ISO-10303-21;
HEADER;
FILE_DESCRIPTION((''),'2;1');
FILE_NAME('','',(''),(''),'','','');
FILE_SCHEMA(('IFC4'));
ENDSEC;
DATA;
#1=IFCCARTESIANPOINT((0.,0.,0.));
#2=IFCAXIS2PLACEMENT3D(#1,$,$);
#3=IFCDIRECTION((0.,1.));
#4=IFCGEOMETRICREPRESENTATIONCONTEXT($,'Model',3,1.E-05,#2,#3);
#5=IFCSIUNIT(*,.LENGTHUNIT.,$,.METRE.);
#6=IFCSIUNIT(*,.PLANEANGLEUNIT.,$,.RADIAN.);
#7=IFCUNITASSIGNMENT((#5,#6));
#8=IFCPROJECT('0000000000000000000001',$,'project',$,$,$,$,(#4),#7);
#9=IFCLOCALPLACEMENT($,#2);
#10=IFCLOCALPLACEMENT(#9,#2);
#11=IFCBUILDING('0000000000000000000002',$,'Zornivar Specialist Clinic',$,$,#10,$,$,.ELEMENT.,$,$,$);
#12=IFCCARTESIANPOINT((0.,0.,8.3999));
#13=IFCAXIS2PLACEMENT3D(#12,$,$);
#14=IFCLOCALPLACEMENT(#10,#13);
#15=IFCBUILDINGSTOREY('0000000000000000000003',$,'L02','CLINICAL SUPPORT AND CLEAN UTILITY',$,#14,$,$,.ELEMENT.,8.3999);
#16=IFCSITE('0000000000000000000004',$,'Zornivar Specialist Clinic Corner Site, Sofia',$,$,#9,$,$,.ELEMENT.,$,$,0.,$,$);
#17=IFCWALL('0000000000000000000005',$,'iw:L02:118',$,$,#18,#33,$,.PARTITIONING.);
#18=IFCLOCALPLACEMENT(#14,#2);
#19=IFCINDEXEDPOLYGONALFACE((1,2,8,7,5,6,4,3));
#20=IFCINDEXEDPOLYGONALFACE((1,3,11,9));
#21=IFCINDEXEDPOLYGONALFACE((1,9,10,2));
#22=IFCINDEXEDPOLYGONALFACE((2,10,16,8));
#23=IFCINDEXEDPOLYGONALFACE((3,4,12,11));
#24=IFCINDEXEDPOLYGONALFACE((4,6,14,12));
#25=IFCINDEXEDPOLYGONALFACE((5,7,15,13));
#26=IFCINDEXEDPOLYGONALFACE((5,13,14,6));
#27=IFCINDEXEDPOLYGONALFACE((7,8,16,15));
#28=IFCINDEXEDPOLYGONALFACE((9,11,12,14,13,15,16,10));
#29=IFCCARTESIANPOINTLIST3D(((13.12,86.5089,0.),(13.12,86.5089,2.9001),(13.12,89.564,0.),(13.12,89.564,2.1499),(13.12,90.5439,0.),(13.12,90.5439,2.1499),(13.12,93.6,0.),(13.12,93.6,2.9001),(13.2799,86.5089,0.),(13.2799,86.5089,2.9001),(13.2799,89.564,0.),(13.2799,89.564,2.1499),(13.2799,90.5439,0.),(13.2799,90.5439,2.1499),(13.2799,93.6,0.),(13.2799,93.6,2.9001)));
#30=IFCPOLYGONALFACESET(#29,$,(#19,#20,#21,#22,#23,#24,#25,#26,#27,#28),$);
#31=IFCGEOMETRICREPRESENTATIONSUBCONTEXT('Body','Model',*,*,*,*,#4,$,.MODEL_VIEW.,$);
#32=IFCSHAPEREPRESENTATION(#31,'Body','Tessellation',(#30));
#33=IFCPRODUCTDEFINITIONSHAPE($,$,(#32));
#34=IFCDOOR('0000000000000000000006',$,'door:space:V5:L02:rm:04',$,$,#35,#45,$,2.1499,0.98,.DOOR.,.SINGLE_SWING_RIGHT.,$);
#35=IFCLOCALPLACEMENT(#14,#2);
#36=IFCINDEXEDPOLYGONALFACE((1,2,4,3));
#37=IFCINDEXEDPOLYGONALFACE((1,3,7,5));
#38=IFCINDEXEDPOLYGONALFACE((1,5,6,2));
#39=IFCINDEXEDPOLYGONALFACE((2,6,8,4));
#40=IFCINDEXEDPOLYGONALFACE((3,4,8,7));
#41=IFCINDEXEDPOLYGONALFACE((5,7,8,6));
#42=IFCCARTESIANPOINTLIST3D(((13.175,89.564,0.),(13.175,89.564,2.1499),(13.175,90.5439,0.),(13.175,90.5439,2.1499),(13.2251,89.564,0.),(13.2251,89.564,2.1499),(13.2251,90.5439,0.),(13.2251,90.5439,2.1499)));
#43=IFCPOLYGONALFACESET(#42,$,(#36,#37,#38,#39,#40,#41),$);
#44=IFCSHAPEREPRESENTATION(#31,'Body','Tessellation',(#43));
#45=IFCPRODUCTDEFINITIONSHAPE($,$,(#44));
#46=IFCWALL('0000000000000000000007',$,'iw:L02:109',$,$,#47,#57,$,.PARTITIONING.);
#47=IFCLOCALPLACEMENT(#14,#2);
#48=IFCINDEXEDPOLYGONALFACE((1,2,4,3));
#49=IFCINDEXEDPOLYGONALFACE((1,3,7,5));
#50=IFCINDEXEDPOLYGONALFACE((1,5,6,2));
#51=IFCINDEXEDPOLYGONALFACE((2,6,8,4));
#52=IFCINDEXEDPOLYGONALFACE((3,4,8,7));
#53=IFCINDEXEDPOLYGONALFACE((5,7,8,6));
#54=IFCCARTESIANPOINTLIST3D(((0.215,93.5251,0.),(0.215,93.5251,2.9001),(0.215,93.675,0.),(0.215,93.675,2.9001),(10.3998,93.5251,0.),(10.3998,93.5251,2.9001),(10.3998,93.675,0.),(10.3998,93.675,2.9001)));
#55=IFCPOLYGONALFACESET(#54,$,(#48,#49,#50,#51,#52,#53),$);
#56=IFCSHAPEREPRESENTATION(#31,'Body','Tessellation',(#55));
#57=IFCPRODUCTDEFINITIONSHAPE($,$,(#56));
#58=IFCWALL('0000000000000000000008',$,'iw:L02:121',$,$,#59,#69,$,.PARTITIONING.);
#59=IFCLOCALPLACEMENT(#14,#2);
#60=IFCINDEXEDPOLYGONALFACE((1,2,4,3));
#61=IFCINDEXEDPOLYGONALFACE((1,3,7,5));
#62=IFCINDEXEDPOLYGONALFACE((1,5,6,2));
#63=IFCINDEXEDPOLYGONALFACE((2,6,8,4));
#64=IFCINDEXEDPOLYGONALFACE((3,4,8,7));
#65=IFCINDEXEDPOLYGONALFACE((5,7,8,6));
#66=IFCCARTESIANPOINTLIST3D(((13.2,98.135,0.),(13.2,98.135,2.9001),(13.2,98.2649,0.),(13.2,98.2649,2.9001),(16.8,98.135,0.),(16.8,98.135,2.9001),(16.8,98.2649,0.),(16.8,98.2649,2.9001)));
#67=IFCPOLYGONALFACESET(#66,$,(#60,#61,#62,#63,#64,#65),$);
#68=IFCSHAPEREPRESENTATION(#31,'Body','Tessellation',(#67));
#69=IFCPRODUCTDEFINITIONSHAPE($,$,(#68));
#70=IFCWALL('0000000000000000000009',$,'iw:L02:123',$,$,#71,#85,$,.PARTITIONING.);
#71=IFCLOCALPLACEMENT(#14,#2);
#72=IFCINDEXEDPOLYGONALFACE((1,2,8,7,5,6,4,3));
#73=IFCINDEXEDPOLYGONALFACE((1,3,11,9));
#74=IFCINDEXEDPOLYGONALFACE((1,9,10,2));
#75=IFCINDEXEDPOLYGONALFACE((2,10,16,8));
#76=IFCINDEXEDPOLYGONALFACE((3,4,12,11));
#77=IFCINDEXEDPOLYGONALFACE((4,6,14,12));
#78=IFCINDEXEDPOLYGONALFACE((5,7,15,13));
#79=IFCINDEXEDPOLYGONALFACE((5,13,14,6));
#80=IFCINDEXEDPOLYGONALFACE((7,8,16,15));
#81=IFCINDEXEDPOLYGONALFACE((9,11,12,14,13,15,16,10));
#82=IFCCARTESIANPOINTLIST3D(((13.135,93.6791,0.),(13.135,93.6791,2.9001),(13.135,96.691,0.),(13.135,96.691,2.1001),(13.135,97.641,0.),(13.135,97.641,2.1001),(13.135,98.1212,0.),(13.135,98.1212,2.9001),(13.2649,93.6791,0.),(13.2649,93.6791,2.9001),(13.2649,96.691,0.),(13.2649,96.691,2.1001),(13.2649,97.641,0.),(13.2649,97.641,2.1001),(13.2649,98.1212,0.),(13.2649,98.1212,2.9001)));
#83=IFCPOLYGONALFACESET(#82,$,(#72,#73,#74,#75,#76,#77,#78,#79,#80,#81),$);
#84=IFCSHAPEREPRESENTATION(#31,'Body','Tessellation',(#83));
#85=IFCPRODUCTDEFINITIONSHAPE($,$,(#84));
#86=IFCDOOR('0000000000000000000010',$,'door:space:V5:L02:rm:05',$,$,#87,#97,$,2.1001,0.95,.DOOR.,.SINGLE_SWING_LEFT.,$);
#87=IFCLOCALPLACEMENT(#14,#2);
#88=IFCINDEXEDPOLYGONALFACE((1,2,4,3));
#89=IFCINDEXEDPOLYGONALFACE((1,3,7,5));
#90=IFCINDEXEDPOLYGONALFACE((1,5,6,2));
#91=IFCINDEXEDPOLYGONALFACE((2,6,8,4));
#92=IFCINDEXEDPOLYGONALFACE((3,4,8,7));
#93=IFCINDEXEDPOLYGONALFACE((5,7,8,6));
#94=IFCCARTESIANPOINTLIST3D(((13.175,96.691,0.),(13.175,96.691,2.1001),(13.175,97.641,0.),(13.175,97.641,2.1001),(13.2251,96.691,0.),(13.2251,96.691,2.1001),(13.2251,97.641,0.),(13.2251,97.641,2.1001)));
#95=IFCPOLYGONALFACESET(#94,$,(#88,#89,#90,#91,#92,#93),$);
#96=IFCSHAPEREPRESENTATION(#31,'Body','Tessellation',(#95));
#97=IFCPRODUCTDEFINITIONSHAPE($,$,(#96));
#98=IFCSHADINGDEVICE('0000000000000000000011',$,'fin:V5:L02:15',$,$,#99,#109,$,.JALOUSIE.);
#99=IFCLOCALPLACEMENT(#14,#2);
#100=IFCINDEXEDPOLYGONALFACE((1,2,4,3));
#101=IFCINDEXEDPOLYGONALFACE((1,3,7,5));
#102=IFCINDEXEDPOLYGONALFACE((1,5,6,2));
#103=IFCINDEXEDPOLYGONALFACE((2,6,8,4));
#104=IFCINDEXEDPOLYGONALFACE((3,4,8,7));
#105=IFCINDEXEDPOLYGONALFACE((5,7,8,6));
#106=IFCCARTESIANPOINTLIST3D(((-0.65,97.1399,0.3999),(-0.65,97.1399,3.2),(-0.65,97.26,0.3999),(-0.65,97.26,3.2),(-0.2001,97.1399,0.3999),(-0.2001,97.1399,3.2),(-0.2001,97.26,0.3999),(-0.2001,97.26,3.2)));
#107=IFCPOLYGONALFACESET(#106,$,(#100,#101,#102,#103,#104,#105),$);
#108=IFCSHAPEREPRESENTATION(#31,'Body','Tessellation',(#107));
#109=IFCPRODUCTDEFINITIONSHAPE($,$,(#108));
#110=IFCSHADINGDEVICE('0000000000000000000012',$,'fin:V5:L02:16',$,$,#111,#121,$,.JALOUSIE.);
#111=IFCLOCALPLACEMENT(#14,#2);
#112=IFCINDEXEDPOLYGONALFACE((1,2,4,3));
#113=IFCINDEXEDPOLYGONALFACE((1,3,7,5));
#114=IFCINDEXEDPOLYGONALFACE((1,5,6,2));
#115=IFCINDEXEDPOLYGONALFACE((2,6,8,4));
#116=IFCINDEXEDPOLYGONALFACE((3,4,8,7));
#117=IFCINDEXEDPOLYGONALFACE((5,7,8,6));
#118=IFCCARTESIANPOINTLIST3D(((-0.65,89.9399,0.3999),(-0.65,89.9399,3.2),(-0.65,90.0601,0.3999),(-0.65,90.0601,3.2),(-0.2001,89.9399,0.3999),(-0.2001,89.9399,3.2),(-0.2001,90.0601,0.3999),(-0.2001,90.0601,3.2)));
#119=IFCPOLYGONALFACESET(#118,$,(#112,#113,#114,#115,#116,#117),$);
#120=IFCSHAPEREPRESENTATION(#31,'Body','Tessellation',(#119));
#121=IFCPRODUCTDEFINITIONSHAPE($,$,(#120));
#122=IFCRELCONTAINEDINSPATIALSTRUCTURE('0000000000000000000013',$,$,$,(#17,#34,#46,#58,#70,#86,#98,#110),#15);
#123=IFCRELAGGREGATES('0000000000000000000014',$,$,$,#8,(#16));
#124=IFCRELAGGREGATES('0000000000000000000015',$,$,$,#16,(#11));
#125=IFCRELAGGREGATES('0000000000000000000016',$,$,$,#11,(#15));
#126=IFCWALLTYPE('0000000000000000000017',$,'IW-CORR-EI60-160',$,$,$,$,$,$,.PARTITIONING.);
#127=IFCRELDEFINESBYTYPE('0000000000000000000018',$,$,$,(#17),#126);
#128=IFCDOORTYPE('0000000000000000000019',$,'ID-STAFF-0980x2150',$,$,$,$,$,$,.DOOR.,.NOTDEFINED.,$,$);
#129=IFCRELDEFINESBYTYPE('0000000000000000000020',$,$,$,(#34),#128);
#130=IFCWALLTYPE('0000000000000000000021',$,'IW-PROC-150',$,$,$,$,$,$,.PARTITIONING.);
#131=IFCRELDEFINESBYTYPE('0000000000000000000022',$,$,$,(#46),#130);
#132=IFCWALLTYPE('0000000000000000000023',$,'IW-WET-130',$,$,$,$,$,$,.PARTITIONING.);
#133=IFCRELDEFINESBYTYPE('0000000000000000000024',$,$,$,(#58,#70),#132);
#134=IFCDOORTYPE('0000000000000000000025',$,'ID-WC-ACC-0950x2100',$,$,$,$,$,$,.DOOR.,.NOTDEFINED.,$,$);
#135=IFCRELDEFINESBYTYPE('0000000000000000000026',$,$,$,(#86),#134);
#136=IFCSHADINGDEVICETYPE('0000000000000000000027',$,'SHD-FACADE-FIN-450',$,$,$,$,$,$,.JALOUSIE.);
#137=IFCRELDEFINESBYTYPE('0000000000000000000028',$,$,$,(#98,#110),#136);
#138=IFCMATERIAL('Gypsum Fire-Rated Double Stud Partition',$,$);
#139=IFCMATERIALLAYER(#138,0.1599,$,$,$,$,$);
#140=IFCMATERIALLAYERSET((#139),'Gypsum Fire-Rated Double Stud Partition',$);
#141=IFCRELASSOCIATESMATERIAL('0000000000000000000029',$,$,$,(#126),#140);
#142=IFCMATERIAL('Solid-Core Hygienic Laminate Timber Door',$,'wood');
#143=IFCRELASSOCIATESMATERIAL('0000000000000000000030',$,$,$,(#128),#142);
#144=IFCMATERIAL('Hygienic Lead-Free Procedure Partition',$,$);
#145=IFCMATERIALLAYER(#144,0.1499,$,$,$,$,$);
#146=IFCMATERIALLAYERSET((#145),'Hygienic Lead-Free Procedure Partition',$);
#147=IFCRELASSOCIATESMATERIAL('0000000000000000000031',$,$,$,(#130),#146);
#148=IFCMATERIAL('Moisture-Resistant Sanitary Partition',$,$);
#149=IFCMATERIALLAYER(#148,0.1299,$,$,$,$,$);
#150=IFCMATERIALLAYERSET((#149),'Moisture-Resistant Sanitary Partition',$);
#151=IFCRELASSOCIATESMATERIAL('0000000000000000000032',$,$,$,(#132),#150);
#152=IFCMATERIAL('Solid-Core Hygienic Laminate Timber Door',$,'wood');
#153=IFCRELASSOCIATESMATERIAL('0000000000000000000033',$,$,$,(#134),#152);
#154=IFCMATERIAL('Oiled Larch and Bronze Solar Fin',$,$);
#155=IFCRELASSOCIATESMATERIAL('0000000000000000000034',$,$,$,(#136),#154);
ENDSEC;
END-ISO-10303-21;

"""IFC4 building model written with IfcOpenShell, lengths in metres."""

from ifc_helpers import new_model, si_unit, direction, frame, frame_2d, origin, origin_2d, place, context, subcontext, project, spatial, rectangle, extrude, material, layer, layer_set, type_object, element, fill, save


model = new_model("IFC4")

# Units and contexts
model_context = context("Model", 3, precision=1e-05, world=origin(), true_north=direction((0.0, 1.0)))
body_context = subcontext(model_context, "Body", "Model", "MODEL_VIEW")
ifc_project = project(units=[si_unit("LENGTHUNIT", "METRE"), si_unit("PLANEANGLEUNIT", "RADIAN")], contexts=[model_context])

# Site, building, storey
site_placement = place(None, origin())
site = spatial("IfcSite", under=ifc_project, at=site_placement, Name="Zornivar Specialist Clinic Corner Site, Sofia", CompositionType="ELEMENT", RefElevation=0.0)
building_placement = place(site_placement, origin())
building = spatial("IfcBuilding", under=site, at=building_placement, Name="Zornivar Specialist Clinic", CompositionType="ELEMENT")
storey_placement = place(building_placement, frame((0.0, 0.0, 8.3999)))
storey = spatial("IfcBuildingStorey", under=building, at=storey_placement, Name="L02", Description="CLINICAL SUPPORT AND CLEAN UTILITY", CompositionType="ELEMENT", Elevation=8.3999)

# Wall, opening, door
ifc_material_1 = material(Name="Gypsum Fire-Rated Double Stud Partition")
ifc_layer_1 = layer(ifc_material_1, 0.1599)
ifc_layer_set_1 = layer_set([ifc_layer_1], Name="Gypsum Fire-Rated Double Stud Partition")
wall_type_1 = type_object("IfcWallType", Name="IW-CORR-EI60-160", PredefinedType="PARTITIONING", material=ifc_layer_set_1)
wall_1_placement = place(storey_placement, frame((13.2, 86.509, 0.0), z_axis=(0.0, 0.0, 1.0), x_axis=(0.0, 1.0, 0.0)))
wall_1 = element("IfcWall", 1, at=wall_1_placement, inside=storey, type_object=wall_type_1, Name="iw:L02:118", PredefinedType="PARTITIONING", context=body_context, shape_type="SweptSolid", body=[
    extrude(rectangle(XDim=7.0911, YDim=0.1599, at=frame_2d((3.5454, 0.0))), origin(), (0.0, 0.0, 1.0), 2.9001),
])
opening_1_placement = place(wall_1_placement, frame((3.0549, 0.0, 0.0)))
opening_1 = element("IfcOpeningElement", 2, at=opening_1_placement, cuts=wall_1, PredefinedType="OPENING", context=body_context, shape_type="SweptSolid", body=[
    extrude(rectangle(XDim=0.98, YDim=2.1499, at=frame_2d((0.49, 1.075))), frame((0.0, 0.0898, 0.0), z_axis=(0.0, -1.0, 0.0), x_axis=(1.0, 0.0, 0.0)), (0.0, 0.0, 1.0), 0.1799),
])
ifc_material_2 = material(Name="Solid-Core Hygienic Laminate Timber Door", Category="wood")
door_type_1 = type_object("IfcDoorType", Name="ID-STAFF-0980x2150", OperationType="NOTDEFINED", PredefinedType="DOOR", material=ifc_material_2)
door_1_placement = place(opening_1_placement, origin())
door_1 = element("IfcDoor", 3, at=door_1_placement, inside=storey, type_object=door_type_1, Name="door:space:V5:L02:rm:04", OperationType="SINGLE_SWING_RIGHT", OverallHeight=2.1499, OverallWidth=0.98, PredefinedType="DOOR", context=body_context, shape_type="SweptSolid", body=[
    extrude(rectangle(XDim=0.98, YDim=2.1499, at=frame_2d((0.49, 1.075))), frame((0.0, 0.0249, 0.0), z_axis=(0.0, -1.0, 0.0), x_axis=(1.0, 0.0, 0.0)), (0.0, 0.0, 1.0), 0.05),
])
fill(opening_1, door_1)

# Walls
ifc_material_3 = material(Name="Hygienic Lead-Free Procedure Partition")
ifc_layer_2 = layer(ifc_material_3, 0.1499)
ifc_layer_set_2 = layer_set([ifc_layer_2], Name="Hygienic Lead-Free Procedure Partition")
wall_type_2 = type_object("IfcWallType", Name="IW-PROC-150", PredefinedType="PARTITIONING", material=ifc_layer_set_2)
wall_2_placement = place(storey_placement, frame((0.2151, 93.6001, 0.0), z_axis=(0.0, 0.0, 1.0), x_axis=(1.0, 0.0, 0.0)))
element("IfcWall", 4, at=wall_2_placement, inside=storey, type_object=wall_type_2, Name="iw:L02:109", PredefinedType="PARTITIONING", context=body_context, shape_type="SweptSolid", body=[
    extrude(rectangle(XDim=10.1848, YDim=0.1499, at=frame_2d((5.0923, 0.0))), origin(), (0.0, 0.0, 1.0), 2.9001),
])
ifc_material_4 = material(Name="Moisture-Resistant Sanitary Partition")
ifc_layer_3 = layer(ifc_material_4, 0.1299)
ifc_layer_set_3 = layer_set([ifc_layer_3], Name="Moisture-Resistant Sanitary Partition")
wall_type_3 = type_object("IfcWallType", Name="IW-WET-130", PredefinedType="PARTITIONING", material=ifc_layer_set_3)
wall_3_placement = place(storey_placement, frame((13.2, 98.2, 0.0), z_axis=(0.0, 0.0, 1.0), x_axis=(1.0, 0.0, 0.0)))
element("IfcWall", 5, at=wall_3_placement, inside=storey, type_object=wall_type_3, Name="iw:L02:121", PredefinedType="PARTITIONING", context=body_context, shape_type="SweptSolid", body=[
    extrude(rectangle(XDim=3.6001, YDim=0.1299, at=frame_2d((1.8, 0.0))), origin(), (0.0, 0.0, 1.0), 2.9001),
])

# Wall, opening, door
wall_4_placement = place(storey_placement, frame((13.2, 93.679, 0.0), z_axis=(0.0, 0.0, 1.0), x_axis=(0.0, 1.0, 0.0)))
wall_4 = element("IfcWall", 6, at=wall_4_placement, inside=storey, type_object=wall_type_3, Name="iw:L02:123", PredefinedType="PARTITIONING", context=body_context, shape_type="SweptSolid", body=[
    extrude(rectangle(XDim=4.4421, YDim=0.1299, at=frame_2d((2.2212, 0.0))), origin(), (0.0, 0.0, 1.0), 2.9001),
])
opening_2_placement = place(wall_4_placement, frame((3.012, 0.0, 0.0)))
opening_2 = element("IfcOpeningElement", 7, at=opening_2_placement, cuts=wall_4, PredefinedType="OPENING", context=body_context, shape_type="SweptSolid", body=[
    extrude(rectangle(XDim=0.95, YDim=2.1001, at=frame_2d((0.4751, 1.05))), frame((0.0, 0.075, 0.0), z_axis=(0.0, -1.0, 0.0), x_axis=(1.0, 0.0, 0.0)), (0.0, 0.0, 1.0), 0.1499),
])
ifc_material_5 = material(Name="Solid-Core Hygienic Laminate Timber Door", Category="wood")
door_type_2 = type_object("IfcDoorType", Name="ID-WC-ACC-0950x2100", OperationType="NOTDEFINED", PredefinedType="DOOR", material=ifc_material_5)
door_2_placement = place(opening_2_placement, origin())
door_2 = element("IfcDoor", 8, at=door_2_placement, inside=storey, type_object=door_type_2, Name="door:space:V5:L02:rm:05", OperationType="SINGLE_SWING_LEFT", OverallHeight=2.1001, OverallWidth=0.95, PredefinedType="DOOR", context=body_context, shape_type="SweptSolid", body=[
    extrude(rectangle(XDim=0.95, YDim=2.1001, at=frame_2d((0.4751, 1.05))), frame((0.0, 0.0249, 0.0), z_axis=(0.0, -1.0, 0.0), x_axis=(1.0, 0.0, 0.0)), (0.0, 0.0, 1.0), 0.05),
])
fill(opening_2, door_2)

# Shading devices
ifc_material_6 = material(Name="Oiled Larch and Bronze Solar Fin")
shading_device_type = type_object("IfcShadingDeviceType", Name="SHD-FACADE-FIN-450", PredefinedType="JALOUSIE", material=ifc_material_6)
for number, where, z_axis, x_axis, name in (
    (9, (-0.425, 97.2, 0.3999), (0.0, 0.0, 1.0), (0.0, -1.0, 0.0), "fin:V5:L02:15"),
    (10, (-0.425, 90.0, 0.3999), (0.0, 0.0, 1.0), (0.0, -1.0, 0.0), "fin:V5:L02:16"),
):
    element("IfcShadingDevice", number, at=place(storey_placement, frame(where, z_axis=z_axis, x_axis=x_axis)), inside=storey, type_object=shading_device_type, Name=name, PredefinedType="JALOUSIE", context=body_context, shape_type="SweptSolid", body=[
        extrude(rectangle(XDim=0.1201, YDim=0.45, at=origin_2d()), origin(), (0.0, 0.0, 1.0), 2.8),
    ])

save(model, "model.ifc")
